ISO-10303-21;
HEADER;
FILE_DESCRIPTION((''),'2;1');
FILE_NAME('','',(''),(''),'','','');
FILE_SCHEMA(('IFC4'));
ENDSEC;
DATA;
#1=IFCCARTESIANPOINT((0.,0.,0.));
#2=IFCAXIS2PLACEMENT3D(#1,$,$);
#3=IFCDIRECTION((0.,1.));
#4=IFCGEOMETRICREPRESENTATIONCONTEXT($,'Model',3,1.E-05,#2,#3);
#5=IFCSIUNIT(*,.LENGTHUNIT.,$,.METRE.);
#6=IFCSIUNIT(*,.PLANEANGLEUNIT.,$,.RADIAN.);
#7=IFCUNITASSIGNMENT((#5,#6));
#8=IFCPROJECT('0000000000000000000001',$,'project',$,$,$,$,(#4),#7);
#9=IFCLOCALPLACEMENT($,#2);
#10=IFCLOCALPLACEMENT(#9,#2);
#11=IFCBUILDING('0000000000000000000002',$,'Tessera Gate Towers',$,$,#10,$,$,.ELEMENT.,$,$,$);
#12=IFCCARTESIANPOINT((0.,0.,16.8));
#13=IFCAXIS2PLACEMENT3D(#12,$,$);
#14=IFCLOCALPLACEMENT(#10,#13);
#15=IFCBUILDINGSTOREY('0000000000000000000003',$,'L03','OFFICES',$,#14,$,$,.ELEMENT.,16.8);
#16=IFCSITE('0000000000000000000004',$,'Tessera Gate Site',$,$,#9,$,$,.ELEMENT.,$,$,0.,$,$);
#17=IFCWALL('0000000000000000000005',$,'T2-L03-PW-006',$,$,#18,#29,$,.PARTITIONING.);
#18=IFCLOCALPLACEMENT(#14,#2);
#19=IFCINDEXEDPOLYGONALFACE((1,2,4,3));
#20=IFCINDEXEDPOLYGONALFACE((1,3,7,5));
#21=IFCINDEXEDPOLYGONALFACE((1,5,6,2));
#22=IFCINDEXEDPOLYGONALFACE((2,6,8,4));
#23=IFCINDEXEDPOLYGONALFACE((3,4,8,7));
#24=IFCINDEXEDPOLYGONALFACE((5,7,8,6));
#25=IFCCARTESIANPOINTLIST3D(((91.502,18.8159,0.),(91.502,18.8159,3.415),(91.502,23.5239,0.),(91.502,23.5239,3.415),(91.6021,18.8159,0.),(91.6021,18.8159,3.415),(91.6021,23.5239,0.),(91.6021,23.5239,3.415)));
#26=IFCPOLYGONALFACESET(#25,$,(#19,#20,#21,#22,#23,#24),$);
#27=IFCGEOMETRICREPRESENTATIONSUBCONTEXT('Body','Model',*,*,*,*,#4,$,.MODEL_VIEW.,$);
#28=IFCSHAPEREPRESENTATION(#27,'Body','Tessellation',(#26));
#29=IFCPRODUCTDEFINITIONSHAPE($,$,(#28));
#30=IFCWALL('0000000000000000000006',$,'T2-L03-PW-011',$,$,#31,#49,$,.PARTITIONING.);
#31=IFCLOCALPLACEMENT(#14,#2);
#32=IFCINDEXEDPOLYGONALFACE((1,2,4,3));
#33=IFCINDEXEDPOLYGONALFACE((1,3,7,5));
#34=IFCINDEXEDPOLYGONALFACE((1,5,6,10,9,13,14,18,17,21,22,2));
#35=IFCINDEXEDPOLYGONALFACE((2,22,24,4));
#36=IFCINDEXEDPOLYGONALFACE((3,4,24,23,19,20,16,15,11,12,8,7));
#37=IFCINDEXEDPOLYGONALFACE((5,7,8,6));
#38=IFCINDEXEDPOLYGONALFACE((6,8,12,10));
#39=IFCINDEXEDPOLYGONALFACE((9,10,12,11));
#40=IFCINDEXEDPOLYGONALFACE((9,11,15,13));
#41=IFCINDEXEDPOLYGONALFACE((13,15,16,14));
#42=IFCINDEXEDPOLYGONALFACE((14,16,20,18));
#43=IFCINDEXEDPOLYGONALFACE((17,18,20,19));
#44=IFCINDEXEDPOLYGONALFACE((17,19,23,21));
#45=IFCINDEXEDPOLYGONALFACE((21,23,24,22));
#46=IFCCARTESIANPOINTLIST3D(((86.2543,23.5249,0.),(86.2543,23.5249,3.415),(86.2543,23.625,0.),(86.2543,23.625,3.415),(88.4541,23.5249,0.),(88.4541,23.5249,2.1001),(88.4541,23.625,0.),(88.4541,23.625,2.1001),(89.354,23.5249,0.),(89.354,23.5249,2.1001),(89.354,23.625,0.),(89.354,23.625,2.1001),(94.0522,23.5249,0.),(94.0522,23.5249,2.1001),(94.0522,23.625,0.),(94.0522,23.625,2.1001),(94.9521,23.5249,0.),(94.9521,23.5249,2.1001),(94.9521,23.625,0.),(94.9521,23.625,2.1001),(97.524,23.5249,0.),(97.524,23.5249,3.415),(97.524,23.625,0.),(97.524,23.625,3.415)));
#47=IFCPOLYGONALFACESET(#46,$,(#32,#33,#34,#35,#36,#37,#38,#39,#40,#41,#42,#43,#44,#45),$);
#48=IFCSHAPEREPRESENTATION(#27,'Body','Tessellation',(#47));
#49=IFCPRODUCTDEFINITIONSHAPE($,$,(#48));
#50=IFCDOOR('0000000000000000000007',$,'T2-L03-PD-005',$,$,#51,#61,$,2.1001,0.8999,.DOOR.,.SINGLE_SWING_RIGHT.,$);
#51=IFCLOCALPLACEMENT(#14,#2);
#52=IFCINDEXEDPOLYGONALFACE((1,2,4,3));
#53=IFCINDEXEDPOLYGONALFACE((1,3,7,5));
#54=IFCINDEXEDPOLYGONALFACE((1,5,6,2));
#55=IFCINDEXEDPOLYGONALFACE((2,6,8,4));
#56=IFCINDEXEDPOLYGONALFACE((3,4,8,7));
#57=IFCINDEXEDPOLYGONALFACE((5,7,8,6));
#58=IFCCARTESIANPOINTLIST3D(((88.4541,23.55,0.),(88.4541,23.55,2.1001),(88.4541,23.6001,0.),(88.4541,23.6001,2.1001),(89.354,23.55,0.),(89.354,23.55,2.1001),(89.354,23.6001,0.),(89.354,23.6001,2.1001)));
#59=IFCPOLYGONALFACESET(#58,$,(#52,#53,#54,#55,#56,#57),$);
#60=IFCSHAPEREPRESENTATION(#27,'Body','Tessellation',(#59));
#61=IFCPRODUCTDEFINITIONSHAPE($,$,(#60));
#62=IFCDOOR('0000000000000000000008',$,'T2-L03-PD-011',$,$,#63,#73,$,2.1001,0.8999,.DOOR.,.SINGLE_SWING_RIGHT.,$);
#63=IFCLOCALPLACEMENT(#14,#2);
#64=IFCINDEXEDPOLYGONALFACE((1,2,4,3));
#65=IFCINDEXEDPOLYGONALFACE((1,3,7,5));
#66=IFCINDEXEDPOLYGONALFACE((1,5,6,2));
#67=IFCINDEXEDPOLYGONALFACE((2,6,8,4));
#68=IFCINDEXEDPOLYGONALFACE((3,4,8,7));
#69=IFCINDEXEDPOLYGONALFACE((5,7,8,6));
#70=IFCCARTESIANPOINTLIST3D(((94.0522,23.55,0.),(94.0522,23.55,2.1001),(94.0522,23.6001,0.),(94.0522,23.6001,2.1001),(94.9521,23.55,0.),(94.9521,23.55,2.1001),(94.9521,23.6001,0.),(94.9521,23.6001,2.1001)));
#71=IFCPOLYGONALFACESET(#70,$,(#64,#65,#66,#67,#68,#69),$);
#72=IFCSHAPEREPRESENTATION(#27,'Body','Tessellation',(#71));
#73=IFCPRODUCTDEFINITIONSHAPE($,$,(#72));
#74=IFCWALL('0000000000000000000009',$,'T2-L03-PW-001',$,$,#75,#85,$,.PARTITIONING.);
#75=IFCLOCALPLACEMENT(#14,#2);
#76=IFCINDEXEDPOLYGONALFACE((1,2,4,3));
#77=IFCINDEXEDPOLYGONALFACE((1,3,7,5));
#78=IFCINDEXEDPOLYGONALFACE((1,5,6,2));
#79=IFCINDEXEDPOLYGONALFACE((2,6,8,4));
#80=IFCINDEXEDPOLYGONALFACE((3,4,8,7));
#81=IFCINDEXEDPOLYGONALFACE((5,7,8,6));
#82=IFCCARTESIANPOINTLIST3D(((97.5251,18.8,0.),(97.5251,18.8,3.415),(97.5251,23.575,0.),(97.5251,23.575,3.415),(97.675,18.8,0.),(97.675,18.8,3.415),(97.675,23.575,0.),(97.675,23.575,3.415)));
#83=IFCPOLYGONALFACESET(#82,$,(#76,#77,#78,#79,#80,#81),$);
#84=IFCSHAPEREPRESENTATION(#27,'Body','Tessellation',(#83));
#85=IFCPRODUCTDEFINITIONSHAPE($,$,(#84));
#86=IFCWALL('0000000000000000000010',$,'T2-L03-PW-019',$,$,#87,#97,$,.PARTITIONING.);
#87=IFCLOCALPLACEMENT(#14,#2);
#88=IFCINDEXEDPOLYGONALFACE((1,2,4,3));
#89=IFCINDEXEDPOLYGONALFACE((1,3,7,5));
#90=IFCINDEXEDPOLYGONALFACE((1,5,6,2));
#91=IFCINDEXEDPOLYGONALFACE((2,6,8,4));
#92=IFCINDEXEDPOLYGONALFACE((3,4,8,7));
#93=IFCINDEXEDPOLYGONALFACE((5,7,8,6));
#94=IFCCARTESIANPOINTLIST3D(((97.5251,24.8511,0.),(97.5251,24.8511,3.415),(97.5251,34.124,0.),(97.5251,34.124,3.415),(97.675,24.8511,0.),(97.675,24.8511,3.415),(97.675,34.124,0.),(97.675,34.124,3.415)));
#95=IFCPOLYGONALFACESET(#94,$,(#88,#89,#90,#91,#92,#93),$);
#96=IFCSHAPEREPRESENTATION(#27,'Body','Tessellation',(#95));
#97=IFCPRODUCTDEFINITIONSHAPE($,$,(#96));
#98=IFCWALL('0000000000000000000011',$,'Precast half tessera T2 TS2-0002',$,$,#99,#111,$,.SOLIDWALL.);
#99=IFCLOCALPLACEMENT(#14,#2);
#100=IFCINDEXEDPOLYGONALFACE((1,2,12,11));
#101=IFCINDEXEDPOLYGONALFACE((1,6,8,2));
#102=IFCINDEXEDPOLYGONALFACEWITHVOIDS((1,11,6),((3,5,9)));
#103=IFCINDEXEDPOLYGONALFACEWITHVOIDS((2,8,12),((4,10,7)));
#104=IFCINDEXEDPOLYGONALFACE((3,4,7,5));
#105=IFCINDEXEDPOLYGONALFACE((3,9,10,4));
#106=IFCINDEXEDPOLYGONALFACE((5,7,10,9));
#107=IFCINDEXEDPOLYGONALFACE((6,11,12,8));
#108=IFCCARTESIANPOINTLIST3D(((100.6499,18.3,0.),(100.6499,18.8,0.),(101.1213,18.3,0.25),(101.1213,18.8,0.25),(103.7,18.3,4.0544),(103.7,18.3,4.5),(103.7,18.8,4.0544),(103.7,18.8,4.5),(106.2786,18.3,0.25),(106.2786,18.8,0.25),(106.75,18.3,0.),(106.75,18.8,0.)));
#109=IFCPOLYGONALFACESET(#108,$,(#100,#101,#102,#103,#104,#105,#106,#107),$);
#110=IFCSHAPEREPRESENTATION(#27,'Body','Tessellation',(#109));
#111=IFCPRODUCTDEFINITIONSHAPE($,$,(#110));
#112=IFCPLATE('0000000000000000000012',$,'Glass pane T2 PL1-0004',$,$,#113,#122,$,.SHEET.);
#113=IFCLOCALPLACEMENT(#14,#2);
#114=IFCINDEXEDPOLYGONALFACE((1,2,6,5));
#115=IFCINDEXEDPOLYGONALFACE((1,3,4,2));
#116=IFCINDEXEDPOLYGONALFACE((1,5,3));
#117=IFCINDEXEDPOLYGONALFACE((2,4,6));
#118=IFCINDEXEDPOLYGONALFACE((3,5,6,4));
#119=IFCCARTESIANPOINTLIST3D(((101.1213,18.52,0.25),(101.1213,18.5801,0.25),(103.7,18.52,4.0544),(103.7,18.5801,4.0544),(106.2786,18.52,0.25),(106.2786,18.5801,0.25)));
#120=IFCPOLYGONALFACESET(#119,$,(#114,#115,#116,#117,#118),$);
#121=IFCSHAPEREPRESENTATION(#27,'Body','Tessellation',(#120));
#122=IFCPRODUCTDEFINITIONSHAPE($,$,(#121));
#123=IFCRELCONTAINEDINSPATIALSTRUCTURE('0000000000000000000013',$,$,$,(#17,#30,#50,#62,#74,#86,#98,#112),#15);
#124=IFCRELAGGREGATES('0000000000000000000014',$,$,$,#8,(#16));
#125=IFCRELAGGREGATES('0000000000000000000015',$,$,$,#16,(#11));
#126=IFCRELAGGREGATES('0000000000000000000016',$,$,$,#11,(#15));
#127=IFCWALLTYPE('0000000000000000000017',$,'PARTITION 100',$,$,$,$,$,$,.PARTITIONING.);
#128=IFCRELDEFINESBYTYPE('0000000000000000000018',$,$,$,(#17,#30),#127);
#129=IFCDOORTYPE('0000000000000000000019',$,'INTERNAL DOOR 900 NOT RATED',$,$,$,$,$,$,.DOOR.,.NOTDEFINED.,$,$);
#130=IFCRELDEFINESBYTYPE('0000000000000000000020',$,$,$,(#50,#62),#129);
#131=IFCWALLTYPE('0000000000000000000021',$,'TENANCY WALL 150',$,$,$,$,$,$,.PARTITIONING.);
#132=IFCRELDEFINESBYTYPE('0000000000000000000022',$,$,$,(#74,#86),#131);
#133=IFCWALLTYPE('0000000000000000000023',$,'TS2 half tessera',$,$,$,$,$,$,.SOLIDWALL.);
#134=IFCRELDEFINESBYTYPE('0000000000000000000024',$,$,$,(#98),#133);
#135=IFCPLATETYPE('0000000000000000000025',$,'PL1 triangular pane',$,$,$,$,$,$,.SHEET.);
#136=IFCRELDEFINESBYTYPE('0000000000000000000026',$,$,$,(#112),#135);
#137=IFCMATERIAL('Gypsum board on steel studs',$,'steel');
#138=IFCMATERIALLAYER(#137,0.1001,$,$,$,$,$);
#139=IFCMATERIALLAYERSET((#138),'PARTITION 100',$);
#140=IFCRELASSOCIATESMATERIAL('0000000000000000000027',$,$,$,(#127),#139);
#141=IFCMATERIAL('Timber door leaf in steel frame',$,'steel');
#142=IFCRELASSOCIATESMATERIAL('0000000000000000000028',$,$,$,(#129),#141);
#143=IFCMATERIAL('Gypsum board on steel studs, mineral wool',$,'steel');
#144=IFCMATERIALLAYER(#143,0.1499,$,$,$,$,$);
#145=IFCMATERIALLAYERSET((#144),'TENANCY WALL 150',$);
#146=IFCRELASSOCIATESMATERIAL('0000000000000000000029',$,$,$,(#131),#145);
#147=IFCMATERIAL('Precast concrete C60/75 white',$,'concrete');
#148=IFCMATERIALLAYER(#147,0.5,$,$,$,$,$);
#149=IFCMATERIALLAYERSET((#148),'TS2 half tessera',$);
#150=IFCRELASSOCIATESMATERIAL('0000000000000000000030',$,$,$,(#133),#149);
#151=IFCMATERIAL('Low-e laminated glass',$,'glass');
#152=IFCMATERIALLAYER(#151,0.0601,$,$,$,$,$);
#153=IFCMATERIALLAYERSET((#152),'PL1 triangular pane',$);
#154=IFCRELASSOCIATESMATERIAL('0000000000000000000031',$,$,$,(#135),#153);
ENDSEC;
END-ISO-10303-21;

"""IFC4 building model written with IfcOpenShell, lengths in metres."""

from ifc_helpers import new_model, si_unit, direction, frame, frame_2d, origin, place, context, subcontext, project, spatial, polyline, rectangle, outline, extrude, source, transform, mapped, material, layer, layer_set, type_object, element, fill, save


model = new_model("IFC4")

# Units and contexts
model_context = context("Model", 3, precision=1e-05, world=origin(), true_north=direction((0.0, 1.0)))
body_context = subcontext(model_context, "Body", "Model", "MODEL_VIEW")
ifc_project = project(units=[si_unit("LENGTHUNIT", "METRE"), si_unit("PLANEANGLEUNIT", "RADIAN")], contexts=[model_context])

# Site, building, storey
site_placement = place(None, origin())
site = spatial("IfcSite", under=ifc_project, at=site_placement, Name="Tessera Gate Site", CompositionType="ELEMENT", RefElevation=0.0)
building_placement = place(site_placement, origin())
building = spatial("IfcBuilding", under=site, at=building_placement, Name="Tessera Gate Towers", CompositionType="ELEMENT")
storey_placement = place(building_placement, frame((0.0, 0.0, 16.8)))
storey = spatial("IfcBuildingStorey", under=building, at=storey_placement, Name="L03", Description="OFFICES", CompositionType="ELEMENT", Elevation=16.8)

# Wall
ifc_material_1 = material(Name="Gypsum board on steel studs", Category="steel")
ifc_layer_1 = layer(ifc_material_1, 0.1001)
ifc_layer_set_1 = layer_set([ifc_layer_1], Name="PARTITION 100")
wall_type_1 = type_object("IfcWallType", Name="PARTITION 100", PredefinedType="PARTITIONING", material=ifc_layer_set_1)
wall_1_placement = place(storey_placement, frame((91.552, 18.8159, 0.0), z_axis=(0.0, 0.0, 1.0), x_axis=(0.0, 1.0, 0.0)))
element("IfcWall", 1, at=wall_1_placement, inside=storey, type_object=wall_type_1, Name="T2-L03-PW-006", PredefinedType="PARTITIONING", context=body_context, shape_type="SweptSolid", body=[
    extrude(rectangle(XDim=4.708, YDim=0.1001, at=frame_2d((2.354, 0.0))), origin(), (0.0, 0.0, 1.0), 3.415),
])

# Wall, openings, doors
wall_2_placement = place(storey_placement, frame((97.5239, 23.575, 0.0), z_axis=(0.0, 0.0, 1.0), x_axis=(-1.0, 0.0, 0.0)))
wall_2 = element("IfcWall", 2, at=wall_2_placement, inside=storey, type_object=wall_type_1, Name="T2-L03-PW-011", PredefinedType="PARTITIONING", context=body_context, shape_type="SweptSolid", body=[
    extrude(rectangle(XDim=11.2698, YDim=0.1001, at=frame_2d((5.6348, 0.0))), origin(), (0.0, 0.0, 1.0), 3.415),
])
shared_shape_1 = source(origin(), body_context, "Body", "SweptSolid", [
    extrude(rectangle(XDim=0.8999, YDim=2.1001, at=frame_2d((0.45, 1.05))), frame((0.0, 0.0601, 0.0), z_axis=(0.0, -1.0, 0.0), x_axis=(1.0, 0.0, 0.0)), (0.0, 0.0, 1.0), 0.1201),
])
opening_1_placement = place(wall_2_placement, frame((8.1699, 0.0, 0.0)))
opening_1 = element("IfcOpeningElement", 3, at=opening_1_placement, cuts=wall_2, PredefinedType="OPENING", context=body_context, shape_type="MappedRepresentation", body=[
    mapped(shared_shape_1, transform((0.0, 0.0, 0.0), scale=1.0)),
])
opening_2_placement = place(wall_2_placement, frame((2.5718, 0.0, 0.0)))
opening_2 = element("IfcOpeningElement", 4, at=opening_2_placement, cuts=wall_2, PredefinedType="OPENING", context=body_context, shape_type="MappedRepresentation", body=[
    mapped(shared_shape_1, transform((0.0, 0.0, 0.0), scale=1.0)),
])
ifc_material_2 = material(Name="Timber door leaf in steel frame", Category="steel")
door_type = type_object("IfcDoorType", Name="INTERNAL DOOR 900 NOT RATED", OperationType="NOTDEFINED", PredefinedType="DOOR", material=ifc_material_2)
shared_shape_2 = source(origin(), body_context, "Body", "SweptSolid", [
    extrude(rectangle(XDim=0.8999, YDim=2.1001, at=frame_2d((0.45, 1.05))), frame((0.0, 0.0249, 0.0), z_axis=(0.0, -1.0, 0.0), x_axis=(1.0, 0.0, 0.0)), (0.0, 0.0, 1.0), 0.05),
])
door_1_placement = place(opening_1_placement, origin())
door_1 = element("IfcDoor", 5, at=door_1_placement, inside=storey, type_object=door_type, Name="T2-L03-PD-005", OperationType="SINGLE_SWING_RIGHT", OverallHeight=2.1001, OverallWidth=0.8999, PredefinedType="DOOR", context=body_context, shape_type="MappedRepresentation", body=[
    mapped(shared_shape_2, transform((0.0, 0.0, 0.0), scale=1.0)),
])
fill(opening_1, door_1)
door_2_placement = place(opening_2_placement, origin())
door_2 = element("IfcDoor", 6, at=door_2_placement, inside=storey, type_object=door_type, Name="T2-L03-PD-011", OperationType="SINGLE_SWING_RIGHT", OverallHeight=2.1001, OverallWidth=0.8999, PredefinedType="DOOR", context=body_context, shape_type="MappedRepresentation", body=[
    mapped(shared_shape_2, transform((0.0, 0.0, 0.0), scale=1.0)),
])
fill(opening_2, door_2)

# Walls
ifc_material_3 = material(Name="Gypsum board on steel studs, mineral wool", Category="steel")
ifc_layer_2 = layer(ifc_material_3, 0.1499)
ifc_layer_set_2 = layer_set([ifc_layer_2], Name="TENANCY WALL 150")
wall_type_2 = type_object("IfcWallType", Name="TENANCY WALL 150", PredefinedType="PARTITIONING", material=ifc_layer_set_2)
wall_3_placement = place(storey_placement, frame((97.6001, 18.8, 0.0), z_axis=(0.0, 0.0, 1.0), x_axis=(0.0, 1.0, 0.0)))
element("IfcWall", 7, at=wall_3_placement, inside=storey, type_object=wall_type_2, Name="T2-L03-PW-001", PredefinedType="PARTITIONING", context=body_context, shape_type="SweptSolid", body=[
    extrude(rectangle(XDim=4.7749, YDim=0.1499, at=frame_2d((2.3875, 0.0))), origin(), (0.0, 0.0, 1.0), 3.415),
])
wall_4_placement = place(storey_placement, frame((97.6001, 24.8511, 0.0), z_axis=(0.0, 0.0, 1.0), x_axis=(0.0, 1.0, 0.0)))
element("IfcWall", 8, at=wall_4_placement, inside=storey, type_object=wall_type_2, Name="T2-L03-PW-019", PredefinedType="PARTITIONING", context=body_context, shape_type="SweptSolid", body=[
    extrude(rectangle(XDim=9.2729, YDim=0.1499, at=frame_2d((4.6365, 0.0))), origin(), (0.0, 0.0, 1.0), 3.415),
])

# Wall, opening, plate
ifc_material_4 = material(Name="Precast concrete C60/75 white", Category="concrete")
ifc_layer_3 = layer(ifc_material_4, 0.5)
ifc_layer_set_3 = layer_set([ifc_layer_3], Name="TS2 half tessera")
wall_type_3 = type_object("IfcWallType", Name="TS2 half tessera", PredefinedType="SOLIDWALL", material=ifc_layer_set_3)
shared_shape_3 = source(origin(), body_context, "Body", "SweptSolid", [
    extrude(outline(polyline([(6.1001, 0.0), (3.05, 4.5), (0.0, 0.0), (6.1001, 0.0)])), frame((0.0, 0.25, 0.0), z_axis=(0.0, -1.0, 0.0), x_axis=(1.0, 0.0, 0.0)), (0.0, 0.0, 1.0), 0.5),
])
wall_5_placement = place(storey_placement, frame((100.6499, 18.55, 0.0), z_axis=(0.0, 0.0, 1.0), x_axis=(1.0, 0.0, 0.0)))
wall_5 = element("IfcWall", 9, at=wall_5_placement, inside=storey, type_object=wall_type_3, Name="Precast half tessera T2 TS2-0002", PredefinedType="SOLIDWALL", context=body_context, shape_type="MappedRepresentation", body=[
    mapped(shared_shape_3, transform((0.0, 0.0, 0.0), scale=1.0)),
])
shared_shape_4 = source(origin(), body_context, "Body", "SweptSolid", [
    extrude(outline(polyline([(5.6287, 0.25), (3.05, 4.0544), (0.4714, 0.25), (5.6287, 0.25)])), frame((0.0, 0.26, 0.0), z_axis=(0.0, -1.0, 0.0), x_axis=(1.0, 0.0, 0.0)), (0.0, 0.0, 1.0), 0.52),
])
opening_3_placement = place(wall_5_placement, origin())
opening_3 = element("IfcOpeningElement", 10, at=opening_3_placement, cuts=wall_5, PredefinedType="OPENING", context=body_context, shape_type="MappedRepresentation", body=[
    mapped(shared_shape_4, transform((0.0, 0.0, 0.0), scale=1.0)),
])
ifc_material_5 = material(Name="Low-e laminated glass", Category="glass")
ifc_layer_4 = layer(ifc_material_5, 0.0601)
ifc_layer_set_4 = layer_set([ifc_layer_4], Name="PL1 triangular pane")
plate_type = type_object("IfcPlateType", Name="PL1 triangular pane", PredefinedType="SHEET", material=ifc_layer_set_4)
shared_shape_5 = source(origin(), body_context, "Body", "SweptSolid", [
    extrude(outline(polyline([(5.6287, 0.25), (3.05, 4.0544), (0.4714, 0.25), (5.6287, 0.25)])), frame((0.0, 0.03, 0.0), z_axis=(0.0, -1.0, 0.0), x_axis=(1.0, 0.0, 0.0)), (0.0, 0.0, 1.0), 0.0601),
])
plate_placement = place(opening_3_placement, origin())
plate = element("IfcPlate", 11, at=plate_placement, inside=storey, type_object=plate_type, Name="Glass pane T2 PL1-0004", PredefinedType="SHEET", context=body_context, shape_type="MappedRepresentation", body=[
    mapped(shared_shape_5, transform((0.0, 0.0, 0.0), scale=1.0)),
])
fill(opening_3, plate)

save(model, "model.ifc")
